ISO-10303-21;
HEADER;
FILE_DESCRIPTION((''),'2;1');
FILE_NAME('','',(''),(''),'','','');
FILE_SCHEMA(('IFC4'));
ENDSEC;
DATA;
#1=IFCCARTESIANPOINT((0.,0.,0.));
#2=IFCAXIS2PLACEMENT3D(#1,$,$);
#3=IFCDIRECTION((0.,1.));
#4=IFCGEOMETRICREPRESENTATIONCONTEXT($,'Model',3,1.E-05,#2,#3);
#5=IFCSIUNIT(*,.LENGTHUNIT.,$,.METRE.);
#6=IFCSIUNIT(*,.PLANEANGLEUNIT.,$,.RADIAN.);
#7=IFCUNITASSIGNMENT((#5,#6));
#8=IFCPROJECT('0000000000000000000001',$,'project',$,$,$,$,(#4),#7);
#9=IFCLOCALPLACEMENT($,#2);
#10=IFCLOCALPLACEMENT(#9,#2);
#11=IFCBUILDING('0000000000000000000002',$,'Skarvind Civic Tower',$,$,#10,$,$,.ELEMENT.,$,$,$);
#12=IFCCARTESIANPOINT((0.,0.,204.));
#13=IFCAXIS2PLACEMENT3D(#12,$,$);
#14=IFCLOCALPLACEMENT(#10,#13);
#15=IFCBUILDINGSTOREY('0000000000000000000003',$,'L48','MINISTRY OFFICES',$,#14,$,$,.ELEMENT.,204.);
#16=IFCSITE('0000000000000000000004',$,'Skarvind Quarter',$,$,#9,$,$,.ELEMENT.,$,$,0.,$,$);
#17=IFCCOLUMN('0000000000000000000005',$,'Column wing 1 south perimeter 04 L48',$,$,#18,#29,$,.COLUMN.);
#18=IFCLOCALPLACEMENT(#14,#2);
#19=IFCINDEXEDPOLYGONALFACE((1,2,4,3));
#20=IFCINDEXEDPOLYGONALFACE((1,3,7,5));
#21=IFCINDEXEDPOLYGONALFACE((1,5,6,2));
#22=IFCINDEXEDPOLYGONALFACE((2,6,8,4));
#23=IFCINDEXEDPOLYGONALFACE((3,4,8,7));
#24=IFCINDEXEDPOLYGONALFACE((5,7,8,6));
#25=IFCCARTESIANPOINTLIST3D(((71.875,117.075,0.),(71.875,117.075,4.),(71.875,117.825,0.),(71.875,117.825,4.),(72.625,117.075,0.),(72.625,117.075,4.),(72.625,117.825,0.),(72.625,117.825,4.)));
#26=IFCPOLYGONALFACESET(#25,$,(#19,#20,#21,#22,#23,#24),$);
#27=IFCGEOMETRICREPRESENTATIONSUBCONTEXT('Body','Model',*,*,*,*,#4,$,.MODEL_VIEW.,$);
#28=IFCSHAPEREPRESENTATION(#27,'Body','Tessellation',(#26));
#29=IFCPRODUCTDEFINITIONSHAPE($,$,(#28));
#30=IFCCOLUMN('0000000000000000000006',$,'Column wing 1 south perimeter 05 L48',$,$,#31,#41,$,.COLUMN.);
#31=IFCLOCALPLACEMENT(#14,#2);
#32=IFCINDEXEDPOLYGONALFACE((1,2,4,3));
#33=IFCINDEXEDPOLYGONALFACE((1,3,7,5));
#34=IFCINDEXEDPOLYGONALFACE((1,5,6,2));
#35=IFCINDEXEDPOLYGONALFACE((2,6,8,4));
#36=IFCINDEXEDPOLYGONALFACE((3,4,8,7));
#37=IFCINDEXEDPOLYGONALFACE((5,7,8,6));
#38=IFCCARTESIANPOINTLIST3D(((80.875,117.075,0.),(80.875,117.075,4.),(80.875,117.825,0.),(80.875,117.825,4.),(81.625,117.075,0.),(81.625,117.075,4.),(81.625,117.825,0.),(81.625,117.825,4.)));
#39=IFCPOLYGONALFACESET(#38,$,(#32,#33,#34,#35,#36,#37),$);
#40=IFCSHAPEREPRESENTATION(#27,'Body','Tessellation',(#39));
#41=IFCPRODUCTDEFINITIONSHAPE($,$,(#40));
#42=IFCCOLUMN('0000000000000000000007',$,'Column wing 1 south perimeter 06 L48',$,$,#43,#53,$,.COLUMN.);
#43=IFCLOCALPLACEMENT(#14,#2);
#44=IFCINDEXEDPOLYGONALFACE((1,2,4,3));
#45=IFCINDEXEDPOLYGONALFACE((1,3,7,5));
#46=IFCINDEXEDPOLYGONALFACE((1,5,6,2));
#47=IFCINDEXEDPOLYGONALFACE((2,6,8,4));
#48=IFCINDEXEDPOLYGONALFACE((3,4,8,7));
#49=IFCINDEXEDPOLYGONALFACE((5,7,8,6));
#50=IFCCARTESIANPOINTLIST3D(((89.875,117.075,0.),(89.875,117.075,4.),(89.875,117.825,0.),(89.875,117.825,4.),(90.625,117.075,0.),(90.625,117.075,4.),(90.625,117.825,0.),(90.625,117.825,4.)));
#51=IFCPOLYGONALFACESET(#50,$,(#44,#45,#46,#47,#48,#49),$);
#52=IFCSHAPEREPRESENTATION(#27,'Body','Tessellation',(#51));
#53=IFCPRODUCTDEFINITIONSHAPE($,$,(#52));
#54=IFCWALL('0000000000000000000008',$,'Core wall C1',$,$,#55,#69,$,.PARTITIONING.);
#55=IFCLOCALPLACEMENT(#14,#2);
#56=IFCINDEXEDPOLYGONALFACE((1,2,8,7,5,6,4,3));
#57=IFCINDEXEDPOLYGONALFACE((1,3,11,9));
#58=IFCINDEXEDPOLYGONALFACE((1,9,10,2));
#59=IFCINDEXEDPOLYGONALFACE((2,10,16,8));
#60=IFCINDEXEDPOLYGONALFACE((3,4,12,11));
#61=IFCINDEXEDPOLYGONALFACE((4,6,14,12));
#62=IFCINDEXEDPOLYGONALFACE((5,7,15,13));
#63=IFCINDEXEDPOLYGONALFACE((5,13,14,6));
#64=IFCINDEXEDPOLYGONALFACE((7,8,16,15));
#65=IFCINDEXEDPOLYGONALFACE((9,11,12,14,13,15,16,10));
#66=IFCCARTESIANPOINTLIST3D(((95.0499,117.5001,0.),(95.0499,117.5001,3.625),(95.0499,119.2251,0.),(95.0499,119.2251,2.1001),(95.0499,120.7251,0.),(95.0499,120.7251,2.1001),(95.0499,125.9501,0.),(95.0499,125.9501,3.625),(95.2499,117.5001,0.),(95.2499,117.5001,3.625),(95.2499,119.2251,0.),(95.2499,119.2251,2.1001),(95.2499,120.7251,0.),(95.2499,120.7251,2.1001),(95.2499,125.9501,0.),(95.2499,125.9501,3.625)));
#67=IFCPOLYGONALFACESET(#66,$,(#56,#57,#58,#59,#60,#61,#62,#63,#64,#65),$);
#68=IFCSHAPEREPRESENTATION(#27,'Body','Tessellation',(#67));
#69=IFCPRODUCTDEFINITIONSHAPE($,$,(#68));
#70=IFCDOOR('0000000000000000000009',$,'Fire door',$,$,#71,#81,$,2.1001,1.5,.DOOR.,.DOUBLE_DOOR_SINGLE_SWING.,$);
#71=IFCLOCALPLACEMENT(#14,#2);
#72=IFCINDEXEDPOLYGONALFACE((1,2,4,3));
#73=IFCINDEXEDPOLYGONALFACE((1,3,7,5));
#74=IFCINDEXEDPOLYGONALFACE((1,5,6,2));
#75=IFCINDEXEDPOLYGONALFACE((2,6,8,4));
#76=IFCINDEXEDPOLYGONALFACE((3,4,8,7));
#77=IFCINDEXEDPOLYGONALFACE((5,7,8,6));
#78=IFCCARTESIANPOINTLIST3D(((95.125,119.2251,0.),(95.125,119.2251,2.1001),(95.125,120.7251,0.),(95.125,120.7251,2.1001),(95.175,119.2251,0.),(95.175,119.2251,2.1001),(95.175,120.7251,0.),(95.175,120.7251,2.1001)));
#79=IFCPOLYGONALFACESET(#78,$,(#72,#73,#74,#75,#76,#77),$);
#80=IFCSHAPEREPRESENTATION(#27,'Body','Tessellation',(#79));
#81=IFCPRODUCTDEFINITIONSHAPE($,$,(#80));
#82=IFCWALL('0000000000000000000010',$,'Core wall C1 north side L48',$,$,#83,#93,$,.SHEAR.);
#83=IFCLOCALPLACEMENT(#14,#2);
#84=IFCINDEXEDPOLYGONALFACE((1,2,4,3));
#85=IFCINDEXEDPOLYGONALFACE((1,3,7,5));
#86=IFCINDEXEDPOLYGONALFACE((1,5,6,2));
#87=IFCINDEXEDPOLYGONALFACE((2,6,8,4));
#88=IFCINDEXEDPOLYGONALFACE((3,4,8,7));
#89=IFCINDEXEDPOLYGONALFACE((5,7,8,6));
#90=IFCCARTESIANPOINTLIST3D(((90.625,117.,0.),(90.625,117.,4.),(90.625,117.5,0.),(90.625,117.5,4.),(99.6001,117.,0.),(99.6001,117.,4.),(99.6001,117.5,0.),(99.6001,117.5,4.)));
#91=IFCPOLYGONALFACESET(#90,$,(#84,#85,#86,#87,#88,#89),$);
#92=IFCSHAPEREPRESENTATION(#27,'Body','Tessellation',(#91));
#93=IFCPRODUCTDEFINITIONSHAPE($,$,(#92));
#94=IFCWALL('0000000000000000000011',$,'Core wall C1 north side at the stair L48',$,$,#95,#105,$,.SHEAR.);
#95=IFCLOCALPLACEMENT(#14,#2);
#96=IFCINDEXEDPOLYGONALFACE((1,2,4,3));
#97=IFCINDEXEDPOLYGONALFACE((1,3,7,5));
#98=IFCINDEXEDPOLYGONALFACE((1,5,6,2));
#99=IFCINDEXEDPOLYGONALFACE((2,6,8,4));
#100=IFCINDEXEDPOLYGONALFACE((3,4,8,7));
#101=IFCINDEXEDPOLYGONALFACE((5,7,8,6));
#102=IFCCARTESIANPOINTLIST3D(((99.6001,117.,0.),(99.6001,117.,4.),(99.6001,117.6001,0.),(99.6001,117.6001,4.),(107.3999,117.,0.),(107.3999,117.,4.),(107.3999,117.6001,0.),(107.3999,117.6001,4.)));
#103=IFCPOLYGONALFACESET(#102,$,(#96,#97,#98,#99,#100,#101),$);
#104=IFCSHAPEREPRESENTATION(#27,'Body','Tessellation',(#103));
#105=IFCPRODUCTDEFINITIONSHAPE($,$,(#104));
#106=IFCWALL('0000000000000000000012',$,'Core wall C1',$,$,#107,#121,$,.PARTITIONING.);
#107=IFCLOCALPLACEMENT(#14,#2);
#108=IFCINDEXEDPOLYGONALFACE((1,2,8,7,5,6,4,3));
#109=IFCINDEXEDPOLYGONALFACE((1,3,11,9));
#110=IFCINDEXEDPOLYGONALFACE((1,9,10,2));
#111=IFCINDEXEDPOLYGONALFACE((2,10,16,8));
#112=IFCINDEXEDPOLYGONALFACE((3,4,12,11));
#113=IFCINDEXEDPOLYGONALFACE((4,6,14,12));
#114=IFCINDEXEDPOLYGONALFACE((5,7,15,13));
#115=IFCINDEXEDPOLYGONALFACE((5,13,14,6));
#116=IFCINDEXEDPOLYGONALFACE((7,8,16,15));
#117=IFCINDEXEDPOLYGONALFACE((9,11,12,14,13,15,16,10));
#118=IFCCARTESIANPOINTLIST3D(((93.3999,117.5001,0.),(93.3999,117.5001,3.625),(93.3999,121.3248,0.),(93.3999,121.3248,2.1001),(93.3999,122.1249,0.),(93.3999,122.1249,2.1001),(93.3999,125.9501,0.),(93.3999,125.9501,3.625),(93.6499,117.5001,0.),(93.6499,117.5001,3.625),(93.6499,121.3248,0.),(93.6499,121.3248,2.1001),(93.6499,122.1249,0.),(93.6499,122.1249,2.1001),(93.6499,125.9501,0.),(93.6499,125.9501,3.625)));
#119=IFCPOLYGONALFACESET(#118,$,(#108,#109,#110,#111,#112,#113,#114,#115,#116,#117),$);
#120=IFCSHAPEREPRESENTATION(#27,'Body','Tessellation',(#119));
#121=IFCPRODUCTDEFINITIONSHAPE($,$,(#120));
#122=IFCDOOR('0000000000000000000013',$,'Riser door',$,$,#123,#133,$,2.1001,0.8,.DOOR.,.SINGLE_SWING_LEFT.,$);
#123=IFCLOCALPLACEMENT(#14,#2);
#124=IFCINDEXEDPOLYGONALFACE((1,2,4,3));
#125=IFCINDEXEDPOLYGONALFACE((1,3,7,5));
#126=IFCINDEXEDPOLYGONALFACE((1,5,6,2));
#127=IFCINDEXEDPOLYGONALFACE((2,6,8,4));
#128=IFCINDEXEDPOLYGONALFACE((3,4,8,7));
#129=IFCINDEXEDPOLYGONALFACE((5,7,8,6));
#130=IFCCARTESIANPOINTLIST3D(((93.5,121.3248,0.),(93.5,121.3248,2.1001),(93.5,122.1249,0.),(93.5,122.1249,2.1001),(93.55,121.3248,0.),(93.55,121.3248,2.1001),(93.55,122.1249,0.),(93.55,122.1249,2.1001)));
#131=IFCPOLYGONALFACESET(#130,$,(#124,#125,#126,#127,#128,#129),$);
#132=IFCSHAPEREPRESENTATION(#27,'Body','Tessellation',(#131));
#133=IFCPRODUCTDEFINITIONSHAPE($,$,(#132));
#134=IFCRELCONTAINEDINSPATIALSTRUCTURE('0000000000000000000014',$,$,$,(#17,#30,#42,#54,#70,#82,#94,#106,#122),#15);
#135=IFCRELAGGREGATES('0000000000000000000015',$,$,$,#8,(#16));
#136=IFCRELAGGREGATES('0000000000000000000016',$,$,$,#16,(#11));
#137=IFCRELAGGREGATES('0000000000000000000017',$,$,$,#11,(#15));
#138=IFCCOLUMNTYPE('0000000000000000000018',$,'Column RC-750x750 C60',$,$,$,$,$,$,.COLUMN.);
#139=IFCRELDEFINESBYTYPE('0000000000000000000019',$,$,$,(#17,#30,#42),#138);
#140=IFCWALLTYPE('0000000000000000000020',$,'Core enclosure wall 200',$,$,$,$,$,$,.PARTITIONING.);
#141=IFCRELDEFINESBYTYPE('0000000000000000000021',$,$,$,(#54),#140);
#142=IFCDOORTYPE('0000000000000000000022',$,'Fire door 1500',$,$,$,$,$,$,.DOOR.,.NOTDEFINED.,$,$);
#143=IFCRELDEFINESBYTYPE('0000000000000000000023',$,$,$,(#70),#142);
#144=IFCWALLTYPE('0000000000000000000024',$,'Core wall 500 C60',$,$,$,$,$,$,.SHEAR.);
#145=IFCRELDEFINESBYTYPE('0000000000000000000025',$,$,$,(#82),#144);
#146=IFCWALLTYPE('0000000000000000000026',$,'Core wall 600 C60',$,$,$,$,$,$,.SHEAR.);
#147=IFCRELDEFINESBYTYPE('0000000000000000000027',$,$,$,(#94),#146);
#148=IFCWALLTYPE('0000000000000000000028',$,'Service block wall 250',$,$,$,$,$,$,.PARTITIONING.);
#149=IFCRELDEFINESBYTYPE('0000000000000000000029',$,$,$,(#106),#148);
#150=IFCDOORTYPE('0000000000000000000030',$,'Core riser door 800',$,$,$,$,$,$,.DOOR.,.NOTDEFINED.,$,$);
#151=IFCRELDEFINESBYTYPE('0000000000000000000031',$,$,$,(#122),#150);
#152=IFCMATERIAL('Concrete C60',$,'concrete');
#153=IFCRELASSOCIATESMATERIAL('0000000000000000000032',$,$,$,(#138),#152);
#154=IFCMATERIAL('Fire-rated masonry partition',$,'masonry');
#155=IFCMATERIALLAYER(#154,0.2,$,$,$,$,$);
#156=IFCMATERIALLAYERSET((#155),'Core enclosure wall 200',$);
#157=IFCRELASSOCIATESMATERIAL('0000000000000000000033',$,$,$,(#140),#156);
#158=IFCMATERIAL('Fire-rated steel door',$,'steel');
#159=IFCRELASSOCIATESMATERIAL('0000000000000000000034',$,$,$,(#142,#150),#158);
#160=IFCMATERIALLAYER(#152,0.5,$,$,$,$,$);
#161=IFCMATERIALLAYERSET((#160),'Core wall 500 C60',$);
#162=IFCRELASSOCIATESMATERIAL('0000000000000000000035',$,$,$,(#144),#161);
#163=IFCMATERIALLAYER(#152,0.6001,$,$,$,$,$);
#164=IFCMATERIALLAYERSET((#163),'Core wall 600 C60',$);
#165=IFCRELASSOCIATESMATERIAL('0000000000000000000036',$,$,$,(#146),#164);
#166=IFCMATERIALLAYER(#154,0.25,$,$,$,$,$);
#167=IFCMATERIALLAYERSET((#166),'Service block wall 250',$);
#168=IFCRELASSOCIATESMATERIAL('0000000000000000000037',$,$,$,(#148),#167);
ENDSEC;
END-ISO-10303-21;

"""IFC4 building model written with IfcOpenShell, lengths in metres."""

from ifc_helpers import new_model, si_unit, direction, frame, frame_2d, origin, origin_2d, place, context, subcontext, project, spatial, rectangle, extrude, material, layer, layer_set, material_profile, profile_set, type_object, element, fill, save


model = new_model("IFC4")

# Units and contexts
model_context = context("Model", 3, precision=1e-05, world=origin(), true_north=direction((0.0, 1.0)))
body_context = subcontext(model_context, "Body", "Model", "MODEL_VIEW")
ifc_project = project(units=[si_unit("LENGTHUNIT", "METRE"), si_unit("PLANEANGLEUNIT", "RADIAN")], contexts=[model_context])

# Site, building, storey
site_placement = place(None, origin())
site = spatial("IfcSite", under=ifc_project, at=site_placement, Name="Skarvind Quarter", CompositionType="ELEMENT", RefElevation=0.0)
building_placement = place(site_placement, origin())
building = spatial("IfcBuilding", under=site, at=building_placement, Name="Skarvind Civic Tower", CompositionType="ELEMENT")
storey_placement = place(building_placement, frame((0.0, 0.0, 204.0)))
storey = spatial("IfcBuildingStorey", under=building, at=storey_placement, Name="L48", Description="MINISTRY OFFICES", CompositionType="ELEMENT", Elevation=204.0)

# Columns
ifc_material_1 = material(Name="Concrete C60", Category="concrete")
ifc_material_profile_1 = material_profile(ifc_material_1, rectangle(XDim=0.75, YDim=0.75, at=origin_2d()), Name="RC-750x750")
ifc_profile_set_1 = profile_set([ifc_material_profile_1], Name="Concrete C60")
column_type = type_object("IfcColumnType", Name="Column RC-750x750 C60", PredefinedType="COLUMN", material=ifc_profile_set_1)
for number, where, z_axis, x_axis, name in (
    (1, (72.25, 117.45, 0.0), (0.0, 0.0, 1.0), (1.0, 0.0, 0.0), "Column wing 1 south perimeter 04 L48"),
    (2, (81.25, 117.45, 0.0), (0.0, 0.0, 1.0), (1.0, 0.0, 0.0), "Column wing 1 south perimeter 05 L48"),
    (3, (90.25, 117.45, 0.0), (0.0, 0.0, 1.0), (1.0, 0.0, 0.0), "Column wing 1 south perimeter 06 L48"),
):
    element("IfcColumn", number, at=place(storey_placement, frame(where, z_axis=z_axis, x_axis=x_axis)), inside=storey, type_object=column_type, Name=name, PredefinedType="COLUMN", context=body_context, shape_type="SweptSolid", body=[
        extrude(rectangle(XDim=0.75, YDim=0.75, at=origin_2d()), origin(), (0.0, 0.0, 1.0), 4.0),
    ])

# Wall, opening, door
ifc_material_2 = material(Name="Fire-rated masonry partition", Category="masonry")
ifc_layer_1 = layer(ifc_material_2, 0.2)
ifc_layer_set_1 = layer_set([ifc_layer_1], Name="Core enclosure wall 200")
wall_type_1 = type_object("IfcWallType", Name="Core enclosure wall 200", PredefinedType="PARTITIONING", material=ifc_layer_set_1)
wall_1_placement = place(storey_placement, frame((95.1499, 117.5, 0.0), z_axis=(0.0, 0.0, 1.0), x_axis=(0.0, 1.0, 0.0)))
wall_1 = element("IfcWall", 4, at=wall_1_placement, inside=storey, type_object=wall_type_1, Name="Core wall C1", PredefinedType="PARTITIONING", context=body_context, shape_type="SweptSolid", body=[
    extrude(rectangle(XDim=8.45, YDim=0.2, at=frame_2d((4.2251, 0.0))), origin(), (0.0, 0.0, 1.0), 3.625),
])
opening_1_placement = place(wall_1_placement, frame((1.7251, 0.0, 0.0)))
opening_1 = element("IfcOpeningElement", 5, at=opening_1_placement, cuts=wall_1, PredefinedType="OPENING", context=body_context, shape_type="SweptSolid", body=[
    extrude(rectangle(XDim=1.5, YDim=2.1001, at=frame_2d((0.75, 1.05))), frame((0.0, 0.1099, 0.0), z_axis=(0.0, -1.0, 0.0), x_axis=(1.0, 0.0, 0.0)), (0.0, 0.0, 1.0), 0.22),
])
ifc_material_3 = material(Name="Fire-rated steel door", Category="steel")
door_type_1 = type_object("IfcDoorType", Name="Fire door 1500", OperationType="NOTDEFINED", PredefinedType="DOOR", material=ifc_material_3)
door_1_placement = place(opening_1_placement, origin())
door_1 = element("IfcDoor", 6, at=door_1_placement, inside=storey, type_object=door_type_1, Name="Fire door", OperationType="DOUBLE_DOOR_SINGLE_SWING", OverallHeight=2.1001, OverallWidth=1.5, PredefinedType="DOOR", context=body_context, shape_type="SweptSolid", body=[
    extrude(rectangle(XDim=1.5, YDim=2.1001, at=frame_2d((0.75, 1.05))), frame((0.0, 0.0249, 0.0), z_axis=(0.0, -1.0, 0.0), x_axis=(1.0, 0.0, 0.0)), (0.0, 0.0, 1.0), 0.05),
])
fill(opening_1, door_1)

# Walls
ifc_layer_2 = layer(ifc_material_1, 0.5)
ifc_layer_set_2 = layer_set([ifc_layer_2], Name="Core wall 500 C60")
wall_type_2 = type_object("IfcWallType", Name="Core wall 500 C60", PredefinedType="SHEAR", material=ifc_layer_set_2)
wall_2_placement = place(storey_placement, frame((99.6001, 117.25, 0.0), z_axis=(0.0, 0.0, 1.0), x_axis=(-1.0, 0.0, 0.0)))
element("IfcWall", 7, at=wall_2_placement, inside=storey, type_object=wall_type_2, Name="Core wall C1 north side L48", PredefinedType="SHEAR", context=body_context, shape_type="SweptSolid", body=[
    extrude(rectangle(XDim=8.9751, YDim=0.5, at=frame_2d((4.4875, 0.0))), origin(), (0.0, 0.0, 1.0), 4.0),
])
ifc_layer_3 = layer(ifc_material_1, 0.6001)
ifc_layer_set_3 = layer_set([ifc_layer_3], Name="Core wall 600 C60")
wall_type_3 = type_object("IfcWallType", Name="Core wall 600 C60", PredefinedType="SHEAR", material=ifc_layer_set_3)
wall_3_placement = place(storey_placement, frame((107.3999, 117.3, 0.0), z_axis=(0.0, 0.0, 1.0), x_axis=(-1.0, 0.0, 0.0)))
element("IfcWall", 8, at=wall_3_placement, inside=storey, type_object=wall_type_3, Name="Core wall C1 north side at the stair L48", PredefinedType="SHEAR", context=body_context, shape_type="SweptSolid", body=[
    extrude(rectangle(XDim=7.7998, YDim=0.6001, at=frame_2d((3.8999, 0.0))), origin(), (0.0, 0.0, 1.0), 4.0),
])

# Wall, opening, door
ifc_layer_4 = layer(ifc_material_2, 0.25)
ifc_layer_set_4 = layer_set([ifc_layer_4], Name="Service block wall 250")
wall_type_4 = type_object("IfcWallType", Name="Service block wall 250", PredefinedType="PARTITIONING", material=ifc_layer_set_4)
wall_4_placement = place(storey_placement, frame((93.5249, 117.5, 0.0), z_axis=(0.0, 0.0, 1.0), x_axis=(0.0, 1.0, 0.0)))
wall_4 = element("IfcWall", 9, at=wall_4_placement, inside=storey, type_object=wall_type_4, Name="Core wall C1", PredefinedType="PARTITIONING", context=body_context, shape_type="SweptSolid", body=[
    extrude(rectangle(XDim=8.45, YDim=0.25, at=frame_2d((4.2251, 0.0))), origin(), (0.0, 0.0, 1.0), 3.625),
])
opening_2_placement = place(wall_4_placement, frame((3.825, 0.0, 0.0)))
opening_2 = element("IfcOpeningElement", 10, at=opening_2_placement, cuts=wall_4, PredefinedType="OPENING", context=body_context, shape_type="SweptSolid", body=[
    extrude(rectangle(XDim=0.8, YDim=2.1001, at=frame_2d((0.3999, 1.05))), frame((0.0, 0.135, 0.0), z_axis=(0.0, -1.0, 0.0), x_axis=(1.0, 0.0, 0.0)), (0.0, 0.0, 1.0), 0.27),
])
door_type_2 = type_object("IfcDoorType", Name="Core riser door 800", OperationType="NOTDEFINED", PredefinedType="DOOR", material=ifc_material_3)
door_2_placement = place(opening_2_placement, origin())
door_2 = element("IfcDoor", 11, at=door_2_placement, inside=storey, type_object=door_type_2, Name="Riser door", OperationType="SINGLE_SWING_LEFT", OverallHeight=2.1001, OverallWidth=0.8, PredefinedType="DOOR", context=body_context, shape_type="SweptSolid", body=[
    extrude(rectangle(XDim=0.8, YDim=2.1001, at=frame_2d((0.3999, 1.05))), frame((0.0, 0.0249, 0.0), z_axis=(0.0, -1.0, 0.0), x_axis=(1.0, 0.0, 0.0)), (0.0, 0.0, 1.0), 0.05),
])
fill(opening_2, door_2)

save(model, "model.ifc")
